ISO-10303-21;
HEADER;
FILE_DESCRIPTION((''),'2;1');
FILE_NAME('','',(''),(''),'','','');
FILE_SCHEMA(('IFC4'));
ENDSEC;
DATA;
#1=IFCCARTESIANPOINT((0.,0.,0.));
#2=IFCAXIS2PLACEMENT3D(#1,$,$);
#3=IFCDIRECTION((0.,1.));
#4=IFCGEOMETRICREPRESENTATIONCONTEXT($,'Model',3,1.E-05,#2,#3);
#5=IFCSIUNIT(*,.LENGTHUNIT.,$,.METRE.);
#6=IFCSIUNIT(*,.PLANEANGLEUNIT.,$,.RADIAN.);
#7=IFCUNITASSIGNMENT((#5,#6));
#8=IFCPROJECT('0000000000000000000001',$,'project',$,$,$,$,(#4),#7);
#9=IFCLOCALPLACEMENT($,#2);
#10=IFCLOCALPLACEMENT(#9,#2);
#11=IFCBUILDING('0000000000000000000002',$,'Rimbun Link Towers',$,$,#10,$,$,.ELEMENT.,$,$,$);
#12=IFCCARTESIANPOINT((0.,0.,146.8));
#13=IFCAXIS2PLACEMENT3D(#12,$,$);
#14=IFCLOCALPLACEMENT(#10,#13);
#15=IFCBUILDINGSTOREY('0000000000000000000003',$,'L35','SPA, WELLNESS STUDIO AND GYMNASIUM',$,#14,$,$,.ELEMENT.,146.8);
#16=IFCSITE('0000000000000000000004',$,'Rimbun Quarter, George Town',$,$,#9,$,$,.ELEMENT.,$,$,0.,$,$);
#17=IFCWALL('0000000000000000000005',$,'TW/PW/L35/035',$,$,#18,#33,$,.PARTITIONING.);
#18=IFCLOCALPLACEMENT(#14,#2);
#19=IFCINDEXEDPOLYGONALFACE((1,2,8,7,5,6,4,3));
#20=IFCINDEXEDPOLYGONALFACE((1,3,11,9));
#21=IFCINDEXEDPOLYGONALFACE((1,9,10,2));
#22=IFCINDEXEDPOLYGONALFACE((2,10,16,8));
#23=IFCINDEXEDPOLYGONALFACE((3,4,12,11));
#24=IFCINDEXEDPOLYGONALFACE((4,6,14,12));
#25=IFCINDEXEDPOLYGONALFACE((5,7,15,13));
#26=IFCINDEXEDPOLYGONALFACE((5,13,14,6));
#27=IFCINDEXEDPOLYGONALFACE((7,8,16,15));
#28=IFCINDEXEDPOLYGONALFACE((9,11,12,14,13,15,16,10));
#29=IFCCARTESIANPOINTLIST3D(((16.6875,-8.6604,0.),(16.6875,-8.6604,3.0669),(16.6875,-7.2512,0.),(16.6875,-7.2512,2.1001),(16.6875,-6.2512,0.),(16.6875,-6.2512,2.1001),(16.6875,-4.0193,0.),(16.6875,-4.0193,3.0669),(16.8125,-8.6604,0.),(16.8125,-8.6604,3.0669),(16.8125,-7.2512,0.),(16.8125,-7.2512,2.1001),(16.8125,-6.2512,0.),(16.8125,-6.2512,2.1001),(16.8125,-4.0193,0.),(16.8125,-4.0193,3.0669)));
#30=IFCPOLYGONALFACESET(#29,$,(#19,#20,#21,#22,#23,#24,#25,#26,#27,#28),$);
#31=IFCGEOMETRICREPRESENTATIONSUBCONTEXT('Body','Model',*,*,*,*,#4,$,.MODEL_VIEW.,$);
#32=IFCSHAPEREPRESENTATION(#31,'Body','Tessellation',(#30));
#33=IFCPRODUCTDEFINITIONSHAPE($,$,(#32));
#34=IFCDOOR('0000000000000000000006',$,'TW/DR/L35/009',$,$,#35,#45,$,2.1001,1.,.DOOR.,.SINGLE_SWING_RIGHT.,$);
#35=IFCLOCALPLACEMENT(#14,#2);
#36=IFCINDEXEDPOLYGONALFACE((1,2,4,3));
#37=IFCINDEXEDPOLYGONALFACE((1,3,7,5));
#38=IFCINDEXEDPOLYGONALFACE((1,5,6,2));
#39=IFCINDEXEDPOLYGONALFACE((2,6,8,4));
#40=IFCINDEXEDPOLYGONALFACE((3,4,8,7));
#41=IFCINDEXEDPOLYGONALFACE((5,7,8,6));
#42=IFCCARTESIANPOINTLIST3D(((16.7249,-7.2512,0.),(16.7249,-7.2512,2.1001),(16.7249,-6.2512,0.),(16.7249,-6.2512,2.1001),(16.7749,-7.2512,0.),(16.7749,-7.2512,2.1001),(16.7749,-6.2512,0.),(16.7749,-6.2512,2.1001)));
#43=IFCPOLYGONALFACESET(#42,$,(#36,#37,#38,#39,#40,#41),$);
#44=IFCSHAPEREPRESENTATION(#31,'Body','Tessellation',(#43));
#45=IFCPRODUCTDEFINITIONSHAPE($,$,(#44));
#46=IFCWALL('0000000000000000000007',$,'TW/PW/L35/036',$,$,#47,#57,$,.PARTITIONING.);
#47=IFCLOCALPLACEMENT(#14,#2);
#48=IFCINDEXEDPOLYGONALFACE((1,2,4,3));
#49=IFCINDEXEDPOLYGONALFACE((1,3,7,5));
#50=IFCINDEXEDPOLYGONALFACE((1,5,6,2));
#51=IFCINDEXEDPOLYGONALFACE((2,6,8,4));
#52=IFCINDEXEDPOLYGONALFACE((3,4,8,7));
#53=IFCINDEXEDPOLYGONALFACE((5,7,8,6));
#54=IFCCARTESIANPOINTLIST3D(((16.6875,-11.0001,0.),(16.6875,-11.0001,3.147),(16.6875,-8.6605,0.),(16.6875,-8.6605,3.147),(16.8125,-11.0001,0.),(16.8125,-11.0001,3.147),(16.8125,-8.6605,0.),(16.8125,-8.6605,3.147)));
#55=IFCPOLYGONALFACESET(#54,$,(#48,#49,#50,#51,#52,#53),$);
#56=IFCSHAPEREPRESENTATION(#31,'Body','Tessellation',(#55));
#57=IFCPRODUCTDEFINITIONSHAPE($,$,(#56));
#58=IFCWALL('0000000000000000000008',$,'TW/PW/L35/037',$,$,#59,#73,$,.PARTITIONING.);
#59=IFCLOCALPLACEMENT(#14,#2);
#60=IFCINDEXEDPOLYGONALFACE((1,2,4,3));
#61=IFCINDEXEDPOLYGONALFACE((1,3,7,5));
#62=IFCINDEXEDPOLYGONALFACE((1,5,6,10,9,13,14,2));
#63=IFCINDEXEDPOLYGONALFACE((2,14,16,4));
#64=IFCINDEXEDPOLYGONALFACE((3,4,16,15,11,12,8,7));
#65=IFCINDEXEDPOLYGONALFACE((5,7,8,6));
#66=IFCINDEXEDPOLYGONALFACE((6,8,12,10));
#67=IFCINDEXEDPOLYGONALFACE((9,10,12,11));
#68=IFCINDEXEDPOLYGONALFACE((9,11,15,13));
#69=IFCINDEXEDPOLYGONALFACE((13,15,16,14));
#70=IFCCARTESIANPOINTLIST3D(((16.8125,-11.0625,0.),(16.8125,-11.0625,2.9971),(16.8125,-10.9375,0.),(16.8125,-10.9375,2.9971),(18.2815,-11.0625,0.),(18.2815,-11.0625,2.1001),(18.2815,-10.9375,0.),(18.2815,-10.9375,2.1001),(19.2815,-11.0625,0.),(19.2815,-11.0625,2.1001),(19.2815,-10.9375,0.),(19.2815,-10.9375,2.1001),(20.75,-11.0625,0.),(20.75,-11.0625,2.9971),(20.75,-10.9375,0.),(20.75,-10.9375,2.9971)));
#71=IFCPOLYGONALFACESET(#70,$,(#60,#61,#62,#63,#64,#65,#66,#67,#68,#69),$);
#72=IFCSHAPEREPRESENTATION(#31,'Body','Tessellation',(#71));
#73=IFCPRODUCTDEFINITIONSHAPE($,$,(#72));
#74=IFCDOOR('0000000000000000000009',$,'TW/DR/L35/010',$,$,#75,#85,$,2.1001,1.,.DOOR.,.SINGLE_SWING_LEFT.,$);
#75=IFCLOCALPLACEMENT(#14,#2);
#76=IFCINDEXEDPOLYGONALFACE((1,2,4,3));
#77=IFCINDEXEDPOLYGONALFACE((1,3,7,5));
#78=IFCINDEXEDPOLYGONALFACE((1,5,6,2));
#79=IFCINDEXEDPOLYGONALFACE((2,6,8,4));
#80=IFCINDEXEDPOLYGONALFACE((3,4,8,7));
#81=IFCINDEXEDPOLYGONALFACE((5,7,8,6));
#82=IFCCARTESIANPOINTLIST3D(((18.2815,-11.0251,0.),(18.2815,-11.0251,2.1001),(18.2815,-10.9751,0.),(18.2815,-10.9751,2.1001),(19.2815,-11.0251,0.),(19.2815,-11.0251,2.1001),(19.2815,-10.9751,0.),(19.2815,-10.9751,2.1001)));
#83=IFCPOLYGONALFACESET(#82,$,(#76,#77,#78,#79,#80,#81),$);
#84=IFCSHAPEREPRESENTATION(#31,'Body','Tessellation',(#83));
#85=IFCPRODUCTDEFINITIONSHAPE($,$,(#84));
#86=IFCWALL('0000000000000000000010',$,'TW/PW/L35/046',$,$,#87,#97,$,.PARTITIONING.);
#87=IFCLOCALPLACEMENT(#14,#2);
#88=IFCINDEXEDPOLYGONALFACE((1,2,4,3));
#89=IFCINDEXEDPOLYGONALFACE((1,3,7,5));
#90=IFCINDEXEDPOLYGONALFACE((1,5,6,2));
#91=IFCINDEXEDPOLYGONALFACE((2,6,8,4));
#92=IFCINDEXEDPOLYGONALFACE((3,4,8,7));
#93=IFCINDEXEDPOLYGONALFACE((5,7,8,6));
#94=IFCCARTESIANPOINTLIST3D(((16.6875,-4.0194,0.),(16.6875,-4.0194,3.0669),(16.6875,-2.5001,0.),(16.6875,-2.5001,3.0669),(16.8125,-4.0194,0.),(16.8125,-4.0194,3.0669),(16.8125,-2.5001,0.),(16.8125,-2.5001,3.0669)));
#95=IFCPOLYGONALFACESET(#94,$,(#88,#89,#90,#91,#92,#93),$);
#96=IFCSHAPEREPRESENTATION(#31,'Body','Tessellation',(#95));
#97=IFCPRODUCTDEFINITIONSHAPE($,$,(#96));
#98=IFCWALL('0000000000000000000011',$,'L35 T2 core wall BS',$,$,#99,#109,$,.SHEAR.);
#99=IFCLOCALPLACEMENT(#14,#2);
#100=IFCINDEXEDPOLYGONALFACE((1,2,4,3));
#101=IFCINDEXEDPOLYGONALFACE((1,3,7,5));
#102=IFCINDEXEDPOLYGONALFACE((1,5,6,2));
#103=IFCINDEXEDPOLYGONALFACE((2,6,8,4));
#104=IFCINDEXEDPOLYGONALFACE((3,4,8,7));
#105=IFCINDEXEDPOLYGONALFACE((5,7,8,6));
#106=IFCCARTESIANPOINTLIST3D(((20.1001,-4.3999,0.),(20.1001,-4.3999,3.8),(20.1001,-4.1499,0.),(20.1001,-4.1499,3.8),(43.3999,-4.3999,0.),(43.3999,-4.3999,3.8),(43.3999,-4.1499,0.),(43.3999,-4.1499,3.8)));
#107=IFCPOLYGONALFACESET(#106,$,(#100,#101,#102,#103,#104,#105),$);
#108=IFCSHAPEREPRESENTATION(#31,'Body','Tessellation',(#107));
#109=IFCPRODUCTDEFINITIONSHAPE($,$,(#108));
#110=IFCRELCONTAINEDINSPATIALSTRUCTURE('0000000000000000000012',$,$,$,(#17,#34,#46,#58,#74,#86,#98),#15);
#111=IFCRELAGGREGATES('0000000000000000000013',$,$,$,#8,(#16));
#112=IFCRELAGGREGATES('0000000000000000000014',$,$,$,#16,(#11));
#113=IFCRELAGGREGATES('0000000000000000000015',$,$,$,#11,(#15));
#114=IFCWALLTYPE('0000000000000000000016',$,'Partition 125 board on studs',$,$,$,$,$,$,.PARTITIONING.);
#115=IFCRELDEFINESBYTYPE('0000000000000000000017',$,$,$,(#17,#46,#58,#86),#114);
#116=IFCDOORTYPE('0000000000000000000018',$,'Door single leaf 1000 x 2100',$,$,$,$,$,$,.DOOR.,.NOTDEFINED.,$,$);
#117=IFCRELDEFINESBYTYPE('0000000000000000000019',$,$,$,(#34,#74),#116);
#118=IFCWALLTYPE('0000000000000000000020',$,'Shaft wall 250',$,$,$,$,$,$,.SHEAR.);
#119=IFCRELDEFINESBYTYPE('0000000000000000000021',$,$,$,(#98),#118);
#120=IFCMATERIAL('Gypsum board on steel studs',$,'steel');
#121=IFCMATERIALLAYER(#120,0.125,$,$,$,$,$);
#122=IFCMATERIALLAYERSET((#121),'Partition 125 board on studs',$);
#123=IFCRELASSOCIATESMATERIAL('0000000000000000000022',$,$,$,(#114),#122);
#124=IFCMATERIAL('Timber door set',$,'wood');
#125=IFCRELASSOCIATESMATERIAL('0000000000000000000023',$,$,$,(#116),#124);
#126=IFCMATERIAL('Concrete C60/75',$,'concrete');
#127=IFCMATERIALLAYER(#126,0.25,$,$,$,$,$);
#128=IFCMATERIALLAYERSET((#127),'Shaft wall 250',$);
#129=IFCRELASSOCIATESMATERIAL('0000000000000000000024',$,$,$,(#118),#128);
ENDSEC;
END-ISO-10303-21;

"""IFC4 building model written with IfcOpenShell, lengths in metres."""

from ifc_helpers import new_model, si_unit, direction, frame, frame_2d, origin, place, context, subcontext, project, spatial, rectangle, extrude, material, layer, layer_set, type_object, element, fill, save


model = new_model("IFC4")

# Units and contexts
model_context = context("Model", 3, precision=1e-05, world=origin(), true_north=direction((0.0, 1.0)))
body_context = subcontext(model_context, "Body", "Model", "MODEL_VIEW")
ifc_project = project(units=[si_unit("LENGTHUNIT", "METRE"), si_unit("PLANEANGLEUNIT", "RADIAN")], contexts=[model_context])

# Site, building, storey
site_placement = place(None, origin())
site = spatial("IfcSite", under=ifc_project, at=site_placement, Name="Rimbun Quarter, George Town", CompositionType="ELEMENT", RefElevation=0.0)
building_placement = place(site_placement, origin())
building = spatial("IfcBuilding", under=site, at=building_placement, Name="Rimbun Link Towers", CompositionType="ELEMENT")
storey_placement = place(building_placement, frame((0.0, 0.0, 146.8)))
storey = spatial("IfcBuildingStorey", under=building, at=storey_placement, Name="L35", Description="SPA, WELLNESS STUDIO AND GYMNASIUM", CompositionType="ELEMENT", Elevation=146.8)

# Wall, opening, door
ifc_material_1 = material(Name="Gypsum board on steel studs", Category="steel")
ifc_layer_1 = layer(ifc_material_1, 0.125)
ifc_layer_set_1 = layer_set([ifc_layer_1], Name="Partition 125 board on studs")
wall_type_1 = type_object("IfcWallType", Name="Partition 125 board on studs", PredefinedType="PARTITIONING", material=ifc_layer_set_1)
wall_1_placement = place(storey_placement, frame((16.75, -4.0193, 0.0), z_axis=(0.0, 0.0, 1.0), x_axis=(0.0, -1.0, 0.0)))
wall_1 = element("IfcWall", 1, at=wall_1_placement, inside=storey, type_object=wall_type_1, Name="TW/PW/L35/035", PredefinedType="PARTITIONING", context=body_context, shape_type="SweptSolid", body=[
    extrude(rectangle(XDim=4.6411, YDim=0.125, at=frame_2d((2.3206, 0.0))), origin(), (0.0, 0.0, 1.0), 3.0669),
])
opening_1_placement = place(wall_1_placement, frame((2.2319, 0.0, 0.0)))
opening_1 = element("IfcOpeningElement", 2, at=opening_1_placement, cuts=wall_1, PredefinedType="OPENING", context=body_context, shape_type="SweptSolid", body=[
    extrude(rectangle(XDim=1.0, YDim=2.1001, at=frame_2d((0.5, 1.05))), frame((0.0, 0.0725, 0.0), z_axis=(0.0, -1.0, 0.0), x_axis=(1.0, 0.0, 0.0)), (0.0, 0.0, 1.0), 0.145),
])
ifc_material_2 = material(Name="Timber door set", Category="wood")
door_type_1 = type_object("IfcDoorType", Name="Door single leaf 1000 x 2100", OperationType="NOTDEFINED", PredefinedType="DOOR", material=ifc_material_2)
door_1_placement = place(opening_1_placement, origin())
door_1 = element("IfcDoor", 3, at=door_1_placement, inside=storey, type_object=door_type_1, Name="TW/DR/L35/009", OperationType="SINGLE_SWING_RIGHT", OverallHeight=2.1001, OverallWidth=1.0, PredefinedType="DOOR", context=body_context, shape_type="SweptSolid", body=[
    extrude(rectangle(XDim=1.0, YDim=2.1001, at=frame_2d((0.5, 1.05))), frame((0.0, 0.0249, 0.0), z_axis=(0.0, -1.0, 0.0), x_axis=(1.0, 0.0, 0.0)), (0.0, 0.0, 1.0), 0.05),
])
fill(opening_1, door_1)

# Wall
wall_2_placement = place(storey_placement, frame((16.75, -8.6604, 0.0), z_axis=(0.0, 0.0, 1.0), x_axis=(0.0, -1.0, 0.0)))
element("IfcWall", 4, at=wall_2_placement, inside=storey, type_object=wall_type_1, Name="TW/PW/L35/036", PredefinedType="PARTITIONING", context=body_context, shape_type="SweptSolid", body=[
    extrude(rectangle(XDim=2.3396, YDim=0.125, at=frame_2d((1.1699, 0.0))), origin(), (0.0, 0.0, 1.0), 3.147),
])

# Wall, opening, door
wall_3_placement = place(storey_placement, frame((16.8125, -11.0, 0.0), z_axis=(0.0, 0.0, 1.0), x_axis=(1.0, 0.0, 0.0)))
wall_3 = element("IfcWall", 5, at=wall_3_placement, inside=storey, type_object=wall_type_1, Name="TW/PW/L35/037", PredefinedType="PARTITIONING", context=body_context, shape_type="SweptSolid", body=[
    extrude(rectangle(XDim=3.9375, YDim=0.125, at=frame_2d((1.9688, 0.0))), origin(), (0.0, 0.0, 1.0), 2.9971),
])
opening_2_placement = place(wall_3_placement, frame((1.469, 0.0, 0.0)))
opening_2 = element("IfcOpeningElement", 6, at=opening_2_placement, cuts=wall_3, PredefinedType="OPENING", context=body_context, shape_type="SweptSolid", body=[
    extrude(rectangle(XDim=1.0, YDim=2.1001, at=frame_2d((0.5, 1.05))), frame((0.0, 0.0725, 0.0), z_axis=(0.0, -1.0, 0.0), x_axis=(1.0, 0.0, 0.0)), (0.0, 0.0, 1.0), 0.145),
])
door_2_placement = place(opening_2_placement, origin())
door_2 = element("IfcDoor", 7, at=door_2_placement, inside=storey, type_object=door_type_1, Name="TW/DR/L35/010", OperationType="SINGLE_SWING_LEFT", OverallHeight=2.1001, OverallWidth=1.0, PredefinedType="DOOR", context=body_context, shape_type="SweptSolid", body=[
    extrude(rectangle(XDim=1.0, YDim=2.1001, at=frame_2d((0.5, 1.05))), frame((0.0, 0.0249, 0.0), z_axis=(0.0, -1.0, 0.0), x_axis=(1.0, 0.0, 0.0)), (0.0, 0.0, 1.0), 0.05),
])
fill(opening_2, door_2)

# Walls
wall_4_placement = place(storey_placement, frame((16.75, -2.5, 0.0), z_axis=(0.0, 0.0, 1.0), x_axis=(0.0, -1.0, 0.0)))
element("IfcWall", 8, at=wall_4_placement, inside=storey, type_object=wall_type_1, Name="TW/PW/L35/046", PredefinedType="PARTITIONING", context=body_context, shape_type="SweptSolid", body=[
    extrude(rectangle(XDim=1.5193, YDim=0.125, at=frame_2d((0.7598, 0.0))), origin(), (0.0, 0.0, 1.0), 3.0669),
])
ifc_material_3 = material(Name="Concrete C60/75", Category="concrete")
ifc_layer_2 = layer(ifc_material_3, 0.25)
ifc_layer_set_2 = layer_set([ifc_layer_2], Name="Shaft wall 250")
wall_type_2 = type_object("IfcWallType", Name="Shaft wall 250", PredefinedType="SHEAR", material=ifc_layer_set_2)
wall_5_placement = place(storey_placement, frame((20.1001, -4.2749, 0.0), z_axis=(0.0, 0.0, 1.0), x_axis=(1.0, 0.0, 0.0)))
element("IfcWall", 9, at=wall_5_placement, inside=storey, type_object=wall_type_2, Name="L35 T2 core wall BS", PredefinedType="SHEAR", context=body_context, shape_type="SweptSolid", body=[
    extrude(rectangle(XDim=23.2998, YDim=0.25, at=frame_2d((11.6499, 0.0))), origin(), (0.0, 0.0, 1.0), 3.8),
])

save(model, "model.ifc")
